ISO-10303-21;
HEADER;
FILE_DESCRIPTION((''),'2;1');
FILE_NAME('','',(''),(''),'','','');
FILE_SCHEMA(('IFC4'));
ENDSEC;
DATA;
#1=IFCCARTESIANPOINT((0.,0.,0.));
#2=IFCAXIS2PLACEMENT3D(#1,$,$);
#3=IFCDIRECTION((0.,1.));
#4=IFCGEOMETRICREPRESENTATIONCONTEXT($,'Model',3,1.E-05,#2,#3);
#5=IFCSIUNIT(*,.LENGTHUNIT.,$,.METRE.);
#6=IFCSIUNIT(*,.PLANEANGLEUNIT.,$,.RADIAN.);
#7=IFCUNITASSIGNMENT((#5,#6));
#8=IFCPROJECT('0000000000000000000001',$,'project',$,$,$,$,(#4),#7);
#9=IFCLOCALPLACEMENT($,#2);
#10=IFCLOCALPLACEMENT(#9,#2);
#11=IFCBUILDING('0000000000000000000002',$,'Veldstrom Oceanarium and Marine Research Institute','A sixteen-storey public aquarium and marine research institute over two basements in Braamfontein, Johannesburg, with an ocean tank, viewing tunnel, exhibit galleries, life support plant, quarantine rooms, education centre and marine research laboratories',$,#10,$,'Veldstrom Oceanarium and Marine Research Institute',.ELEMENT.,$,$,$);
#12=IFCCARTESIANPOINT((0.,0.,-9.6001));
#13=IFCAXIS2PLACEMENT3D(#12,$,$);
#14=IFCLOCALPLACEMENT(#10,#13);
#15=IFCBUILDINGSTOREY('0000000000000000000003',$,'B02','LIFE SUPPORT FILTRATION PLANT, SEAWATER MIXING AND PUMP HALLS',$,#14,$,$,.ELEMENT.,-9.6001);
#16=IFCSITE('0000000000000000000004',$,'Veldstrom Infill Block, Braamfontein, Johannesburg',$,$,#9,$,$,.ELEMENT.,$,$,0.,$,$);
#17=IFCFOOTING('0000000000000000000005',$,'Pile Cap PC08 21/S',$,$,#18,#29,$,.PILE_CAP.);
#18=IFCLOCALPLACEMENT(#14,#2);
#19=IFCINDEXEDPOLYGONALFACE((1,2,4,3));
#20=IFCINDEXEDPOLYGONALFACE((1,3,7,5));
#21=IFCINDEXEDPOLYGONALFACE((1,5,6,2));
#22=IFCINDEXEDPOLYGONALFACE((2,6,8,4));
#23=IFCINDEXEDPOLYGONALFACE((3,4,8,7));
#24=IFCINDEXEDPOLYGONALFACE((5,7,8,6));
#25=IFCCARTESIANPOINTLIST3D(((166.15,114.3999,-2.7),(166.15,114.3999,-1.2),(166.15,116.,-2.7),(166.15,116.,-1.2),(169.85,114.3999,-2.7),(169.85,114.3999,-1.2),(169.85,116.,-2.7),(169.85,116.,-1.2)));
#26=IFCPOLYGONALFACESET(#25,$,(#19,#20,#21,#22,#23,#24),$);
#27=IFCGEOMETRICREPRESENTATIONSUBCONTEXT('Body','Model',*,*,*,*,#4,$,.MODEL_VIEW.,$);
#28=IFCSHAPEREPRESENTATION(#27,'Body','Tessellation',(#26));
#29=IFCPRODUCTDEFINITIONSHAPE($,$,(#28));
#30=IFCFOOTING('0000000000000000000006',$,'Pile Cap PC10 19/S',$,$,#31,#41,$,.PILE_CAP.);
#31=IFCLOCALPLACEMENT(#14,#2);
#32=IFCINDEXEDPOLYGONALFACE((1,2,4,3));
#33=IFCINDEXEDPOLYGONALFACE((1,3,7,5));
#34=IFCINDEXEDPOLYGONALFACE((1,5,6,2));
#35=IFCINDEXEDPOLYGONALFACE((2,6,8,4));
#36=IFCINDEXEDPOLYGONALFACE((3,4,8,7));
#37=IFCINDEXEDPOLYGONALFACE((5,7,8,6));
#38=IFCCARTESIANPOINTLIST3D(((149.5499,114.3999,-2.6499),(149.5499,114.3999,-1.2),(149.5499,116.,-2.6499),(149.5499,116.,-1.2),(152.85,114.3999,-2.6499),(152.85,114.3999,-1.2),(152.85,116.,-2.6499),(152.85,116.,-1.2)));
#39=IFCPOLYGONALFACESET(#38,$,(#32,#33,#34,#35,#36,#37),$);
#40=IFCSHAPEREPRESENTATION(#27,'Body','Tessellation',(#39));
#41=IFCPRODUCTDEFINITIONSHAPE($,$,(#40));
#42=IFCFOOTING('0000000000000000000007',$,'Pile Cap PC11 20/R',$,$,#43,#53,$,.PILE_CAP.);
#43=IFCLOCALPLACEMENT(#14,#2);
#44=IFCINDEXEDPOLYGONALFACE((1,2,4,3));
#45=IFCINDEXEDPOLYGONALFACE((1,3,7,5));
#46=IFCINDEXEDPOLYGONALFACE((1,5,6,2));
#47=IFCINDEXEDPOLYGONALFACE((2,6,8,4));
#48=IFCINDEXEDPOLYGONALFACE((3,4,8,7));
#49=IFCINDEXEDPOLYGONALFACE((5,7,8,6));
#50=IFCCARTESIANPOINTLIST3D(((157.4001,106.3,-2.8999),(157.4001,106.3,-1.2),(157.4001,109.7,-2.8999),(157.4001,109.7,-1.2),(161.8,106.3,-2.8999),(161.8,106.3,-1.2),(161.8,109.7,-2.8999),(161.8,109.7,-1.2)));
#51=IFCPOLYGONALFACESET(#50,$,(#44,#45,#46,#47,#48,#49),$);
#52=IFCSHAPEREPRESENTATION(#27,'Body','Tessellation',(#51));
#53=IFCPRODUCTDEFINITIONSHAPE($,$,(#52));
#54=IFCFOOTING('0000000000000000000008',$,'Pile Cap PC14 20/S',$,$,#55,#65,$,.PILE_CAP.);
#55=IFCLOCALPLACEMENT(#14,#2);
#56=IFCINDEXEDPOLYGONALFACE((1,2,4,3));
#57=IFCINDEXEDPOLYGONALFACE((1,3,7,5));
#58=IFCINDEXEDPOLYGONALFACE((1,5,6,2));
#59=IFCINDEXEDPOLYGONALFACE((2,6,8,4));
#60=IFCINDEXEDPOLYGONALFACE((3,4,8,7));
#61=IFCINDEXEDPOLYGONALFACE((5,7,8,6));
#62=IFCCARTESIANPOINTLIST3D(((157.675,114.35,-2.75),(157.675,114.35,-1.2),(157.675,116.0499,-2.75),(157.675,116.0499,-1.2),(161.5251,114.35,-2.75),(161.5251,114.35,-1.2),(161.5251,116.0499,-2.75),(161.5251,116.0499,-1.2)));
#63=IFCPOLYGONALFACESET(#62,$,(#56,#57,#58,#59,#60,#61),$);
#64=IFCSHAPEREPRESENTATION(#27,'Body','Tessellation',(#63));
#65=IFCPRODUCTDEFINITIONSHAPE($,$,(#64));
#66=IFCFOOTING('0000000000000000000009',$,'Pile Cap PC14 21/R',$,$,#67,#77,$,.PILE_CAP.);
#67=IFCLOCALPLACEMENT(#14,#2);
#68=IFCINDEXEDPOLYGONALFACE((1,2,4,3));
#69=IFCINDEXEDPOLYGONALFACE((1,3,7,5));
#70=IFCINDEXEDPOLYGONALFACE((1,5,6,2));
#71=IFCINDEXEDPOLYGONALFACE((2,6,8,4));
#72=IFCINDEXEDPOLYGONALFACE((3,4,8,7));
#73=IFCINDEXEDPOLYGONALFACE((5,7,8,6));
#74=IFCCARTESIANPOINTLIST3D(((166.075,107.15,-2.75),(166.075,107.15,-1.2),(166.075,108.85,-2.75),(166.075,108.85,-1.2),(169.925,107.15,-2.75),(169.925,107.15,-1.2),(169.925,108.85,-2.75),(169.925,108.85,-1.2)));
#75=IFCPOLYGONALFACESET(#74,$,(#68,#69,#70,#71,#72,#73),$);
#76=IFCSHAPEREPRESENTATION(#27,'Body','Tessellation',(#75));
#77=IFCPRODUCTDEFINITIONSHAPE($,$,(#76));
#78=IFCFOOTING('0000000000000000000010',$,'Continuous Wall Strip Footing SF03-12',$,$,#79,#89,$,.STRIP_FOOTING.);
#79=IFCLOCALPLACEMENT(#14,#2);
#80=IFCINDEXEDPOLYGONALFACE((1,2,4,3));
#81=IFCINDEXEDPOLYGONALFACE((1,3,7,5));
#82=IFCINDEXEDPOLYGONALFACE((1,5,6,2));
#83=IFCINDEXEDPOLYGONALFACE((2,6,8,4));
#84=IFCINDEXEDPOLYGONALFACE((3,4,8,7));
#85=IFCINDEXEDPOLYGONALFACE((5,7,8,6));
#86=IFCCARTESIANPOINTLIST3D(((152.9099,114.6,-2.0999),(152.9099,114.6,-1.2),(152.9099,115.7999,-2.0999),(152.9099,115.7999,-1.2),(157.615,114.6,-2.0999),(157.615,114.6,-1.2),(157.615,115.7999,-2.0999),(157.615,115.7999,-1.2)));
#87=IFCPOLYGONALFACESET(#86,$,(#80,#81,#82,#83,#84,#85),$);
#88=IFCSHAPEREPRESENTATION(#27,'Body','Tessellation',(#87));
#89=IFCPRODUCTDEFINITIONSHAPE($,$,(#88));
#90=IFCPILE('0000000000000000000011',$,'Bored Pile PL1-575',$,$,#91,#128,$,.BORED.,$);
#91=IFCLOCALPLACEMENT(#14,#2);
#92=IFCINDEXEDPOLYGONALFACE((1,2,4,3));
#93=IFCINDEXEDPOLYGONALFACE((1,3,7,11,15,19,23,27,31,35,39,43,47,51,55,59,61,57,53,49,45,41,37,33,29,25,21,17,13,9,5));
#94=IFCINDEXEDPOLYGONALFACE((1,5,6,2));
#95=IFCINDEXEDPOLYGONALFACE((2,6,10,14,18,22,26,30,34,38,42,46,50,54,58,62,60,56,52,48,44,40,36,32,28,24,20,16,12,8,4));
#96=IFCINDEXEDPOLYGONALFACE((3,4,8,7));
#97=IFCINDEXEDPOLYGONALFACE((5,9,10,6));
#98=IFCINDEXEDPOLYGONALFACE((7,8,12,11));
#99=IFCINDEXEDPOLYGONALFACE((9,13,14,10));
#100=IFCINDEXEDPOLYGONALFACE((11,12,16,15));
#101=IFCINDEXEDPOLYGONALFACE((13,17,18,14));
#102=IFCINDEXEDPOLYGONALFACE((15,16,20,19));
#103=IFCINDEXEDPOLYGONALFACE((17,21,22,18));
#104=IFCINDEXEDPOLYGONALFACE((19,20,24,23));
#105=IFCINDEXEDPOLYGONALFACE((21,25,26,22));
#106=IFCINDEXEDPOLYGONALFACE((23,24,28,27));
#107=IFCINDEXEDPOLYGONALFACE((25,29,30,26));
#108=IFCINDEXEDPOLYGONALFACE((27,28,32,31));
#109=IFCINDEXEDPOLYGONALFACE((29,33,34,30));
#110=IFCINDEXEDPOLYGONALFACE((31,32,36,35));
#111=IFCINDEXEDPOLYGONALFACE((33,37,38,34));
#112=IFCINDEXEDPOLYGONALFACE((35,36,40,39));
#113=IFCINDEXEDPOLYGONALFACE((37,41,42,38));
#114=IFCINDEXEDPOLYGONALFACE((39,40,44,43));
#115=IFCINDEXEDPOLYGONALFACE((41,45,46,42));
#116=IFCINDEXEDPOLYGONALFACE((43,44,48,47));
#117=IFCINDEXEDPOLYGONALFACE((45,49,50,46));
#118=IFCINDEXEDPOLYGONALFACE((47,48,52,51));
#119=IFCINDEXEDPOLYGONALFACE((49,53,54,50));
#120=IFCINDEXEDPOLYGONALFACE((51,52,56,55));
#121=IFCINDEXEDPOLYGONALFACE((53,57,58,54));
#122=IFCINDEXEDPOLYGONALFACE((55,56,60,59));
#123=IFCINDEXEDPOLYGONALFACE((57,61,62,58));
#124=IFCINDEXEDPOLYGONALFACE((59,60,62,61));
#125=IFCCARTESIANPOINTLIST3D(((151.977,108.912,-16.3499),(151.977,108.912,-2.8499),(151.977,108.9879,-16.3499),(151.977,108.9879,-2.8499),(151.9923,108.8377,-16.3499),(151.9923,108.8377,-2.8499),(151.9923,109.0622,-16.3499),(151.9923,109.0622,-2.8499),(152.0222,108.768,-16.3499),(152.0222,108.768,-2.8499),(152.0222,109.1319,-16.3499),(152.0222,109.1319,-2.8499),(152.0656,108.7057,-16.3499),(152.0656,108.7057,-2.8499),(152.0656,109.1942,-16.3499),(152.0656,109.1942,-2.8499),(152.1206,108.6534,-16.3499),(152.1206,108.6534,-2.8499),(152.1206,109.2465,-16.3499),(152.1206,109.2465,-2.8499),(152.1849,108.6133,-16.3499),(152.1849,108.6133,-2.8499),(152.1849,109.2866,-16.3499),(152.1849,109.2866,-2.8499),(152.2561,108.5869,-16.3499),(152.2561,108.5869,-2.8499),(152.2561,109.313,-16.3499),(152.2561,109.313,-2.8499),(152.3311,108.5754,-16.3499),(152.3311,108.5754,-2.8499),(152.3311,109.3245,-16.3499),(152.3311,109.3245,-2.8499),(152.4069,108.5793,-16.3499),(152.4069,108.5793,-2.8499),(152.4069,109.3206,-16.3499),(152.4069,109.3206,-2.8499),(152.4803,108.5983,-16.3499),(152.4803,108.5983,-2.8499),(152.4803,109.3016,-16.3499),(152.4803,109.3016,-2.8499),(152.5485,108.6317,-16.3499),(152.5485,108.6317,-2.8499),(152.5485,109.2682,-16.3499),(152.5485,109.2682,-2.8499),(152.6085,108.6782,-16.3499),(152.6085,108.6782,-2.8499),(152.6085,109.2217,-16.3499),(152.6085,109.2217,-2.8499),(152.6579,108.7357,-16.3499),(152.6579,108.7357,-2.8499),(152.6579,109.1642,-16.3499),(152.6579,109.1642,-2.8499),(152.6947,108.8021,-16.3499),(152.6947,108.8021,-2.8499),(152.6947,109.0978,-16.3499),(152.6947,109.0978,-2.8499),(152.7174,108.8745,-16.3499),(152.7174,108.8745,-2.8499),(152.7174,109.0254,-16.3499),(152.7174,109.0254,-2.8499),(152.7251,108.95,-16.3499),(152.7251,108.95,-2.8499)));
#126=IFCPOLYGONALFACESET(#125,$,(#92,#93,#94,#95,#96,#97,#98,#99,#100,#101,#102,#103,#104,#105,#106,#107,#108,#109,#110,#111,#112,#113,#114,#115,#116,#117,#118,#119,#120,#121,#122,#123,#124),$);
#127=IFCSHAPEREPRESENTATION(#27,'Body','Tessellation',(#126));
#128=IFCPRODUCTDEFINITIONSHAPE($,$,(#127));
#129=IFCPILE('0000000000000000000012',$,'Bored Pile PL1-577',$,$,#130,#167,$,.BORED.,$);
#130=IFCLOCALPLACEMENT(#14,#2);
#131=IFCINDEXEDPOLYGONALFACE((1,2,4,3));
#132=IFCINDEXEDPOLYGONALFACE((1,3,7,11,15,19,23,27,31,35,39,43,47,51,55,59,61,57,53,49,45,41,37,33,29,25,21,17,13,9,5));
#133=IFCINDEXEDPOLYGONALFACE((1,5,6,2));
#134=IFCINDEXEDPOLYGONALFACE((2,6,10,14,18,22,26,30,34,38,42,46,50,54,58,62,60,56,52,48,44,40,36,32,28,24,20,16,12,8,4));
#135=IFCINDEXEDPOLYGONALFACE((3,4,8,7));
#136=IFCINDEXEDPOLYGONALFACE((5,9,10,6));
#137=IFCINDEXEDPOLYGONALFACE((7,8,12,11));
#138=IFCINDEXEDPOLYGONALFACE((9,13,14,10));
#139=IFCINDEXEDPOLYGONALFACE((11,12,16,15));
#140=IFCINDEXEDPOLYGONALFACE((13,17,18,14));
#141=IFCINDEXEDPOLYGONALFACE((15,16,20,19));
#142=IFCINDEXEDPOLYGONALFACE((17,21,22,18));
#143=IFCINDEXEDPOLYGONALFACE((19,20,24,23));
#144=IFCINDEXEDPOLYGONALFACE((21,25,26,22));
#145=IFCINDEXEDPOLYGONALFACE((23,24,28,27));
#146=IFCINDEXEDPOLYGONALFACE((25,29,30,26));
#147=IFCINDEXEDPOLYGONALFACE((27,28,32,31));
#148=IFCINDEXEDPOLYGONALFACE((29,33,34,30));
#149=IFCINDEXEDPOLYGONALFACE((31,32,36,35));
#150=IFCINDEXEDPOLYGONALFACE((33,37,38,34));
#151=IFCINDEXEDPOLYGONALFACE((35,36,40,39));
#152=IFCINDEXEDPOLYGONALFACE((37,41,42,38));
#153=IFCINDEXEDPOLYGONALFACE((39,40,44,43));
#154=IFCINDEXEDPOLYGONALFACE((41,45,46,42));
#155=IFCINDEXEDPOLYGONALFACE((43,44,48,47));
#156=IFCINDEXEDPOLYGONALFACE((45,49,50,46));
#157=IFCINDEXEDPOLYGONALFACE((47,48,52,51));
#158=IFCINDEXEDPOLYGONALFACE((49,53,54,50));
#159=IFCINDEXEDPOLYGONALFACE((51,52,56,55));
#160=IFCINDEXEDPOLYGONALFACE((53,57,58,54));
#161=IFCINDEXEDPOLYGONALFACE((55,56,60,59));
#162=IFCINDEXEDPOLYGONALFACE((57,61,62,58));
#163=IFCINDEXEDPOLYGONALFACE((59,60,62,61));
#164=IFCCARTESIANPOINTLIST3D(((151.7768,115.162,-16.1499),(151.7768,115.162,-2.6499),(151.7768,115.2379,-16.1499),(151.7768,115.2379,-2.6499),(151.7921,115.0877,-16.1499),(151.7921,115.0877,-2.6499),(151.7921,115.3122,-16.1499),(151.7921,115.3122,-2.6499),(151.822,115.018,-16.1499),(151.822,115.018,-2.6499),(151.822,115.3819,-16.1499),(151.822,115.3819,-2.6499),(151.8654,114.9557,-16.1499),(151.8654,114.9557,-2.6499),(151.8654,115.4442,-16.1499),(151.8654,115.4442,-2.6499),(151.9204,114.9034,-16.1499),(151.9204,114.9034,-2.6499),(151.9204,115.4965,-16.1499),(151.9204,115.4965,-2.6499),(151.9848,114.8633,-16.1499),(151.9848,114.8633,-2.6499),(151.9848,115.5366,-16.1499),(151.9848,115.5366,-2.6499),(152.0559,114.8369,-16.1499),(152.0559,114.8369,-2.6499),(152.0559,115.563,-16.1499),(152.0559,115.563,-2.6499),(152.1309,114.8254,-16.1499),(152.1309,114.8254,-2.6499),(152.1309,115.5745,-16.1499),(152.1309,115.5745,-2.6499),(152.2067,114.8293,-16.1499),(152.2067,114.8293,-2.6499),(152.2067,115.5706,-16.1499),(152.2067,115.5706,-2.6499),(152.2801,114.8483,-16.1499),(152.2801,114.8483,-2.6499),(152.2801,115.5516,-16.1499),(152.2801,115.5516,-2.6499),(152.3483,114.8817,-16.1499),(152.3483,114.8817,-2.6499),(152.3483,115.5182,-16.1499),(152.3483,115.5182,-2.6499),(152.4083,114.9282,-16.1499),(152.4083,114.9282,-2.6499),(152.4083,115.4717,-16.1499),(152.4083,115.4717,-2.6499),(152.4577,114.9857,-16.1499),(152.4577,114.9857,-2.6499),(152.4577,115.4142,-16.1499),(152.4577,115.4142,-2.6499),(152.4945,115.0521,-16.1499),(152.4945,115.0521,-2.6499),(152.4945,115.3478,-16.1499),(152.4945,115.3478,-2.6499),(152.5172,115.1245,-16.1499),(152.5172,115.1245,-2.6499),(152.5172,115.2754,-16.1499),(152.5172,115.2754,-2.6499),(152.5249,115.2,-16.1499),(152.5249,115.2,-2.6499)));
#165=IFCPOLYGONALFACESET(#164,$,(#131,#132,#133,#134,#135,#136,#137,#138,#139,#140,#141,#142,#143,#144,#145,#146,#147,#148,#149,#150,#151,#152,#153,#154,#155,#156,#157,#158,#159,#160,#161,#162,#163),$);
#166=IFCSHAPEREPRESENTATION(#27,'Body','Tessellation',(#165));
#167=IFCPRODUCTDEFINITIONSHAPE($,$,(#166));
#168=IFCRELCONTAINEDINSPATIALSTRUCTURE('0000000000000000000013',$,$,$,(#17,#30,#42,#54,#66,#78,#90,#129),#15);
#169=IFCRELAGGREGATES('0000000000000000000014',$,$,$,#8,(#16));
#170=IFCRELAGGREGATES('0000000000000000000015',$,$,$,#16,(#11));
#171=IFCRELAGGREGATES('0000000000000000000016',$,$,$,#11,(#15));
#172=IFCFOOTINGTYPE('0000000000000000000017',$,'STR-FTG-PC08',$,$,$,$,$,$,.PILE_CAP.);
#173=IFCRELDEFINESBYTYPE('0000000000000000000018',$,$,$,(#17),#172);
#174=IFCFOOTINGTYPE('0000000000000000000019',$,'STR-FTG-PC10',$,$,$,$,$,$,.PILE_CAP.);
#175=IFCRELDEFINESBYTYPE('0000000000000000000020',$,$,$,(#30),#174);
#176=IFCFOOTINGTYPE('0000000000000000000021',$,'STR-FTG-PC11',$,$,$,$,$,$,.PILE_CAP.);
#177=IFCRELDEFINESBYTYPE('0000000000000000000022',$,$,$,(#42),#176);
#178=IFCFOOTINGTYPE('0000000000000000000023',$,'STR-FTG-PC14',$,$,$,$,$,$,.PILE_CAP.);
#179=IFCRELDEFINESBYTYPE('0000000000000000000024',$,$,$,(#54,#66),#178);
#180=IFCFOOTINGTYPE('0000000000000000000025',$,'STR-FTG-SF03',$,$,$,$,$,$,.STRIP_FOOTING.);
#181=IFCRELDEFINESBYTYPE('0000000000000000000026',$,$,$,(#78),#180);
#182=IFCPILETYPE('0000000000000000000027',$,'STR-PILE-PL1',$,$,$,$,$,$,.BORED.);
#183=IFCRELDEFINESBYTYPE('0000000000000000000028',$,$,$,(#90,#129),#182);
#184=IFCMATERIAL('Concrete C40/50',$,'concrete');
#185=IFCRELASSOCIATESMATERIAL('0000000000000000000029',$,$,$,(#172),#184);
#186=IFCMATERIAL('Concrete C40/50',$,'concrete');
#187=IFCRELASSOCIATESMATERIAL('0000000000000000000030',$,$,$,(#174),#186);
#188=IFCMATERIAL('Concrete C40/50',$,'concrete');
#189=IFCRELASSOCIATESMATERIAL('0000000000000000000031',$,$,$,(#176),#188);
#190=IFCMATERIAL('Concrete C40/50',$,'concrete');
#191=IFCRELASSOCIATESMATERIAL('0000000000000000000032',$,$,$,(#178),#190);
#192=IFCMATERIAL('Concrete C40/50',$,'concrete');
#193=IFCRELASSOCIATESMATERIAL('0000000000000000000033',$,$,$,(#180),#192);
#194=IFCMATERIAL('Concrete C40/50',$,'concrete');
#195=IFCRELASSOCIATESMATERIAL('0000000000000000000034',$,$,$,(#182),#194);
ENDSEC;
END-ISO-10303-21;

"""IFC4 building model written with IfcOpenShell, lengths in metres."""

from ifc_helpers import new_model, si_unit, direction, frame, origin, origin_2d, place, context, subcontext, project, spatial, rectangle, circle, extrude, material, material_profile, profile_set, type_object, element, save


model = new_model("IFC4")

# Units and contexts
model_context = context("Model", 3, precision=1e-05, world=origin(), true_north=direction((0.0, 1.0)))
body_context = subcontext(model_context, "Body", "Model", "MODEL_VIEW")
ifc_project = project(units=[si_unit("LENGTHUNIT", "METRE"), si_unit("PLANEANGLEUNIT", "RADIAN")], contexts=[model_context])

# Site, building, storey
site_placement = place(None, origin())
site = spatial("IfcSite", under=ifc_project, at=site_placement, Name="Veldstrom Infill Block, Braamfontein, Johannesburg", CompositionType="ELEMENT", RefElevation=0.0)
building_placement = place(site_placement, origin())
building = spatial("IfcBuilding", under=site, at=building_placement, Name="Veldstrom Oceanarium and Marine Research Institute", Description="A sixteen-storey public aquarium and marine research institute over two basements in Braamfontein, Johannesburg, with an ocean tank, viewing tunnel, exhibit galleries, life support plant, quarantine rooms, education centre and marine research laboratories", LongName="Veldstrom Oceanarium and Marine Research Institute", CompositionType="ELEMENT")
storey_placement = place(building_placement, frame((0.0, 0.0, -9.6001)))
storey = spatial("IfcBuildingStorey", under=building, at=storey_placement, Name="B02", Description="LIFE SUPPORT FILTRATION PLANT, SEAWATER MIXING AND PUMP HALLS", CompositionType="ELEMENT", Elevation=-9.6001)

# Footings
ifc_material_1 = material(Name="Concrete C40/50", Category="concrete")
footing_type_1 = type_object("IfcFootingType", Name="STR-FTG-PC08", PredefinedType="PILE_CAP", material=ifc_material_1)
footing_1_placement = place(storey_placement, frame((168.0, 115.2, -2.7), z_axis=(0.0, 0.0, 1.0), x_axis=(1.0, 0.0, 0.0)))
element("IfcFooting", 1, at=footing_1_placement, inside=storey, type_object=footing_type_1, Name="Pile Cap PC08 21/S", PredefinedType="PILE_CAP", context=body_context, shape_type="SweptSolid", body=[
    extrude(rectangle(XDim=3.7, YDim=1.6001, at=origin_2d()), origin(), (0.0, 0.0, 1.0), 1.5),
])
ifc_material_2 = material(Name="Concrete C40/50", Category="concrete")
footing_type_2 = type_object("IfcFootingType", Name="STR-FTG-PC10", PredefinedType="PILE_CAP", material=ifc_material_2)
footing_2_placement = place(storey_placement, frame((151.2, 115.2, -2.6499), z_axis=(0.0, 0.0, 1.0), x_axis=(1.0, 0.0, 0.0)))
element("IfcFooting", 2, at=footing_2_placement, inside=storey, type_object=footing_type_2, Name="Pile Cap PC10 19/S", PredefinedType="PILE_CAP", context=body_context, shape_type="SweptSolid", body=[
    extrude(rectangle(XDim=3.3, YDim=1.6001, at=origin_2d()), origin(), (0.0, 0.0, 1.0), 1.45),
])
ifc_material_3 = material(Name="Concrete C40/50", Category="concrete")
footing_type_3 = type_object("IfcFootingType", Name="STR-FTG-PC11", PredefinedType="PILE_CAP", material=ifc_material_3)
footing_3_placement = place(storey_placement, frame((159.6001, 108.0, -2.8999), z_axis=(0.0, 0.0, 1.0), x_axis=(1.0, 0.0, 0.0)))
element("IfcFooting", 3, at=footing_3_placement, inside=storey, type_object=footing_type_3, Name="Pile Cap PC11 20/R", PredefinedType="PILE_CAP", context=body_context, shape_type="SweptSolid", body=[
    extrude(rectangle(XDim=4.3999, YDim=3.3999, at=origin_2d()), origin(), (0.0, 0.0, 1.0), 1.7),
])
ifc_material_4 = material(Name="Concrete C40/50", Category="concrete")
footing_type_4 = type_object("IfcFootingType", Name="STR-FTG-PC14", PredefinedType="PILE_CAP", material=ifc_material_4)
for number, where, z_axis, x_axis, name in (
    (4, (159.6001, 115.2, -2.75), (0.0, 0.0, 1.0), (1.0, 0.0, 0.0), "Pile Cap PC14 20/S"),
    (5, (168.0, 108.0, -2.75), (0.0, 0.0, 1.0), (1.0, 0.0, 0.0), "Pile Cap PC14 21/R"),
):
    element("IfcFooting", number, at=place(storey_placement, frame(where, z_axis=z_axis, x_axis=x_axis)), inside=storey, type_object=footing_type_4, Name=name, PredefinedType="PILE_CAP", context=body_context, shape_type="SweptSolid", body=[
        extrude(rectangle(XDim=3.8501, YDim=1.7, at=origin_2d()), origin(), (0.0, 0.0, 1.0), 1.55),
    ])
ifc_material_5 = material(Name="Concrete C40/50", Category="concrete")
footing_type_5 = type_object("IfcFootingType", Name="STR-FTG-SF03", PredefinedType="STRIP_FOOTING", material=ifc_material_5)
footing_4_placement = place(storey_placement, frame((155.2625, 115.2, -2.0999), z_axis=(0.0, 0.0, 1.0), x_axis=(1.0, 0.0, 0.0)))
element("IfcFooting", 6, at=footing_4_placement, inside=storey, type_object=footing_type_5, Name="Continuous Wall Strip Footing SF03-12", PredefinedType="STRIP_FOOTING", context=body_context, shape_type="SweptSolid", body=[
    extrude(rectangle(XDim=4.7051, YDim=1.2, at=origin_2d()), origin(), (0.0, 0.0, 1.0), 0.8999),
])

# Piles
ifc_material_6 = material(Name="Concrete C40/50", Category="concrete")
ifc_material_profile_1 = material_profile(ifc_material_6, circle(Radius=0.375, at=origin_2d()), Name="PILE-D750")
ifc_profile_set_1 = profile_set([ifc_material_profile_1], Name="Concrete C40/50")
pile_type = type_object("IfcPileType", Name="STR-PILE-PL1", PredefinedType="BORED", material=ifc_profile_set_1)
for number, where, z_axis, x_axis, name in (
    (7, (152.3501, 108.95, -2.8499), (0.0, 0.0, -1.0), (1.0, 0.0, 0.0), "Bored Pile PL1-575"),
    (8, (152.1499, 115.2, -2.6499), (0.0, 0.0, -1.0), (1.0, 0.0, 0.0), "Bored Pile PL1-577"),
):
    element("IfcPile", number, at=place(storey_placement, frame(where, z_axis=z_axis, x_axis=x_axis)), inside=storey, type_object=pile_type, Name=name, PredefinedType="BORED", context=body_context, shape_type="SweptSolid", body=[
        extrude(circle(Radius=0.375, at=origin_2d()), origin(), (0.0, 0.0, 1.0), 13.5),
    ])

save(model, "model.ifc")
